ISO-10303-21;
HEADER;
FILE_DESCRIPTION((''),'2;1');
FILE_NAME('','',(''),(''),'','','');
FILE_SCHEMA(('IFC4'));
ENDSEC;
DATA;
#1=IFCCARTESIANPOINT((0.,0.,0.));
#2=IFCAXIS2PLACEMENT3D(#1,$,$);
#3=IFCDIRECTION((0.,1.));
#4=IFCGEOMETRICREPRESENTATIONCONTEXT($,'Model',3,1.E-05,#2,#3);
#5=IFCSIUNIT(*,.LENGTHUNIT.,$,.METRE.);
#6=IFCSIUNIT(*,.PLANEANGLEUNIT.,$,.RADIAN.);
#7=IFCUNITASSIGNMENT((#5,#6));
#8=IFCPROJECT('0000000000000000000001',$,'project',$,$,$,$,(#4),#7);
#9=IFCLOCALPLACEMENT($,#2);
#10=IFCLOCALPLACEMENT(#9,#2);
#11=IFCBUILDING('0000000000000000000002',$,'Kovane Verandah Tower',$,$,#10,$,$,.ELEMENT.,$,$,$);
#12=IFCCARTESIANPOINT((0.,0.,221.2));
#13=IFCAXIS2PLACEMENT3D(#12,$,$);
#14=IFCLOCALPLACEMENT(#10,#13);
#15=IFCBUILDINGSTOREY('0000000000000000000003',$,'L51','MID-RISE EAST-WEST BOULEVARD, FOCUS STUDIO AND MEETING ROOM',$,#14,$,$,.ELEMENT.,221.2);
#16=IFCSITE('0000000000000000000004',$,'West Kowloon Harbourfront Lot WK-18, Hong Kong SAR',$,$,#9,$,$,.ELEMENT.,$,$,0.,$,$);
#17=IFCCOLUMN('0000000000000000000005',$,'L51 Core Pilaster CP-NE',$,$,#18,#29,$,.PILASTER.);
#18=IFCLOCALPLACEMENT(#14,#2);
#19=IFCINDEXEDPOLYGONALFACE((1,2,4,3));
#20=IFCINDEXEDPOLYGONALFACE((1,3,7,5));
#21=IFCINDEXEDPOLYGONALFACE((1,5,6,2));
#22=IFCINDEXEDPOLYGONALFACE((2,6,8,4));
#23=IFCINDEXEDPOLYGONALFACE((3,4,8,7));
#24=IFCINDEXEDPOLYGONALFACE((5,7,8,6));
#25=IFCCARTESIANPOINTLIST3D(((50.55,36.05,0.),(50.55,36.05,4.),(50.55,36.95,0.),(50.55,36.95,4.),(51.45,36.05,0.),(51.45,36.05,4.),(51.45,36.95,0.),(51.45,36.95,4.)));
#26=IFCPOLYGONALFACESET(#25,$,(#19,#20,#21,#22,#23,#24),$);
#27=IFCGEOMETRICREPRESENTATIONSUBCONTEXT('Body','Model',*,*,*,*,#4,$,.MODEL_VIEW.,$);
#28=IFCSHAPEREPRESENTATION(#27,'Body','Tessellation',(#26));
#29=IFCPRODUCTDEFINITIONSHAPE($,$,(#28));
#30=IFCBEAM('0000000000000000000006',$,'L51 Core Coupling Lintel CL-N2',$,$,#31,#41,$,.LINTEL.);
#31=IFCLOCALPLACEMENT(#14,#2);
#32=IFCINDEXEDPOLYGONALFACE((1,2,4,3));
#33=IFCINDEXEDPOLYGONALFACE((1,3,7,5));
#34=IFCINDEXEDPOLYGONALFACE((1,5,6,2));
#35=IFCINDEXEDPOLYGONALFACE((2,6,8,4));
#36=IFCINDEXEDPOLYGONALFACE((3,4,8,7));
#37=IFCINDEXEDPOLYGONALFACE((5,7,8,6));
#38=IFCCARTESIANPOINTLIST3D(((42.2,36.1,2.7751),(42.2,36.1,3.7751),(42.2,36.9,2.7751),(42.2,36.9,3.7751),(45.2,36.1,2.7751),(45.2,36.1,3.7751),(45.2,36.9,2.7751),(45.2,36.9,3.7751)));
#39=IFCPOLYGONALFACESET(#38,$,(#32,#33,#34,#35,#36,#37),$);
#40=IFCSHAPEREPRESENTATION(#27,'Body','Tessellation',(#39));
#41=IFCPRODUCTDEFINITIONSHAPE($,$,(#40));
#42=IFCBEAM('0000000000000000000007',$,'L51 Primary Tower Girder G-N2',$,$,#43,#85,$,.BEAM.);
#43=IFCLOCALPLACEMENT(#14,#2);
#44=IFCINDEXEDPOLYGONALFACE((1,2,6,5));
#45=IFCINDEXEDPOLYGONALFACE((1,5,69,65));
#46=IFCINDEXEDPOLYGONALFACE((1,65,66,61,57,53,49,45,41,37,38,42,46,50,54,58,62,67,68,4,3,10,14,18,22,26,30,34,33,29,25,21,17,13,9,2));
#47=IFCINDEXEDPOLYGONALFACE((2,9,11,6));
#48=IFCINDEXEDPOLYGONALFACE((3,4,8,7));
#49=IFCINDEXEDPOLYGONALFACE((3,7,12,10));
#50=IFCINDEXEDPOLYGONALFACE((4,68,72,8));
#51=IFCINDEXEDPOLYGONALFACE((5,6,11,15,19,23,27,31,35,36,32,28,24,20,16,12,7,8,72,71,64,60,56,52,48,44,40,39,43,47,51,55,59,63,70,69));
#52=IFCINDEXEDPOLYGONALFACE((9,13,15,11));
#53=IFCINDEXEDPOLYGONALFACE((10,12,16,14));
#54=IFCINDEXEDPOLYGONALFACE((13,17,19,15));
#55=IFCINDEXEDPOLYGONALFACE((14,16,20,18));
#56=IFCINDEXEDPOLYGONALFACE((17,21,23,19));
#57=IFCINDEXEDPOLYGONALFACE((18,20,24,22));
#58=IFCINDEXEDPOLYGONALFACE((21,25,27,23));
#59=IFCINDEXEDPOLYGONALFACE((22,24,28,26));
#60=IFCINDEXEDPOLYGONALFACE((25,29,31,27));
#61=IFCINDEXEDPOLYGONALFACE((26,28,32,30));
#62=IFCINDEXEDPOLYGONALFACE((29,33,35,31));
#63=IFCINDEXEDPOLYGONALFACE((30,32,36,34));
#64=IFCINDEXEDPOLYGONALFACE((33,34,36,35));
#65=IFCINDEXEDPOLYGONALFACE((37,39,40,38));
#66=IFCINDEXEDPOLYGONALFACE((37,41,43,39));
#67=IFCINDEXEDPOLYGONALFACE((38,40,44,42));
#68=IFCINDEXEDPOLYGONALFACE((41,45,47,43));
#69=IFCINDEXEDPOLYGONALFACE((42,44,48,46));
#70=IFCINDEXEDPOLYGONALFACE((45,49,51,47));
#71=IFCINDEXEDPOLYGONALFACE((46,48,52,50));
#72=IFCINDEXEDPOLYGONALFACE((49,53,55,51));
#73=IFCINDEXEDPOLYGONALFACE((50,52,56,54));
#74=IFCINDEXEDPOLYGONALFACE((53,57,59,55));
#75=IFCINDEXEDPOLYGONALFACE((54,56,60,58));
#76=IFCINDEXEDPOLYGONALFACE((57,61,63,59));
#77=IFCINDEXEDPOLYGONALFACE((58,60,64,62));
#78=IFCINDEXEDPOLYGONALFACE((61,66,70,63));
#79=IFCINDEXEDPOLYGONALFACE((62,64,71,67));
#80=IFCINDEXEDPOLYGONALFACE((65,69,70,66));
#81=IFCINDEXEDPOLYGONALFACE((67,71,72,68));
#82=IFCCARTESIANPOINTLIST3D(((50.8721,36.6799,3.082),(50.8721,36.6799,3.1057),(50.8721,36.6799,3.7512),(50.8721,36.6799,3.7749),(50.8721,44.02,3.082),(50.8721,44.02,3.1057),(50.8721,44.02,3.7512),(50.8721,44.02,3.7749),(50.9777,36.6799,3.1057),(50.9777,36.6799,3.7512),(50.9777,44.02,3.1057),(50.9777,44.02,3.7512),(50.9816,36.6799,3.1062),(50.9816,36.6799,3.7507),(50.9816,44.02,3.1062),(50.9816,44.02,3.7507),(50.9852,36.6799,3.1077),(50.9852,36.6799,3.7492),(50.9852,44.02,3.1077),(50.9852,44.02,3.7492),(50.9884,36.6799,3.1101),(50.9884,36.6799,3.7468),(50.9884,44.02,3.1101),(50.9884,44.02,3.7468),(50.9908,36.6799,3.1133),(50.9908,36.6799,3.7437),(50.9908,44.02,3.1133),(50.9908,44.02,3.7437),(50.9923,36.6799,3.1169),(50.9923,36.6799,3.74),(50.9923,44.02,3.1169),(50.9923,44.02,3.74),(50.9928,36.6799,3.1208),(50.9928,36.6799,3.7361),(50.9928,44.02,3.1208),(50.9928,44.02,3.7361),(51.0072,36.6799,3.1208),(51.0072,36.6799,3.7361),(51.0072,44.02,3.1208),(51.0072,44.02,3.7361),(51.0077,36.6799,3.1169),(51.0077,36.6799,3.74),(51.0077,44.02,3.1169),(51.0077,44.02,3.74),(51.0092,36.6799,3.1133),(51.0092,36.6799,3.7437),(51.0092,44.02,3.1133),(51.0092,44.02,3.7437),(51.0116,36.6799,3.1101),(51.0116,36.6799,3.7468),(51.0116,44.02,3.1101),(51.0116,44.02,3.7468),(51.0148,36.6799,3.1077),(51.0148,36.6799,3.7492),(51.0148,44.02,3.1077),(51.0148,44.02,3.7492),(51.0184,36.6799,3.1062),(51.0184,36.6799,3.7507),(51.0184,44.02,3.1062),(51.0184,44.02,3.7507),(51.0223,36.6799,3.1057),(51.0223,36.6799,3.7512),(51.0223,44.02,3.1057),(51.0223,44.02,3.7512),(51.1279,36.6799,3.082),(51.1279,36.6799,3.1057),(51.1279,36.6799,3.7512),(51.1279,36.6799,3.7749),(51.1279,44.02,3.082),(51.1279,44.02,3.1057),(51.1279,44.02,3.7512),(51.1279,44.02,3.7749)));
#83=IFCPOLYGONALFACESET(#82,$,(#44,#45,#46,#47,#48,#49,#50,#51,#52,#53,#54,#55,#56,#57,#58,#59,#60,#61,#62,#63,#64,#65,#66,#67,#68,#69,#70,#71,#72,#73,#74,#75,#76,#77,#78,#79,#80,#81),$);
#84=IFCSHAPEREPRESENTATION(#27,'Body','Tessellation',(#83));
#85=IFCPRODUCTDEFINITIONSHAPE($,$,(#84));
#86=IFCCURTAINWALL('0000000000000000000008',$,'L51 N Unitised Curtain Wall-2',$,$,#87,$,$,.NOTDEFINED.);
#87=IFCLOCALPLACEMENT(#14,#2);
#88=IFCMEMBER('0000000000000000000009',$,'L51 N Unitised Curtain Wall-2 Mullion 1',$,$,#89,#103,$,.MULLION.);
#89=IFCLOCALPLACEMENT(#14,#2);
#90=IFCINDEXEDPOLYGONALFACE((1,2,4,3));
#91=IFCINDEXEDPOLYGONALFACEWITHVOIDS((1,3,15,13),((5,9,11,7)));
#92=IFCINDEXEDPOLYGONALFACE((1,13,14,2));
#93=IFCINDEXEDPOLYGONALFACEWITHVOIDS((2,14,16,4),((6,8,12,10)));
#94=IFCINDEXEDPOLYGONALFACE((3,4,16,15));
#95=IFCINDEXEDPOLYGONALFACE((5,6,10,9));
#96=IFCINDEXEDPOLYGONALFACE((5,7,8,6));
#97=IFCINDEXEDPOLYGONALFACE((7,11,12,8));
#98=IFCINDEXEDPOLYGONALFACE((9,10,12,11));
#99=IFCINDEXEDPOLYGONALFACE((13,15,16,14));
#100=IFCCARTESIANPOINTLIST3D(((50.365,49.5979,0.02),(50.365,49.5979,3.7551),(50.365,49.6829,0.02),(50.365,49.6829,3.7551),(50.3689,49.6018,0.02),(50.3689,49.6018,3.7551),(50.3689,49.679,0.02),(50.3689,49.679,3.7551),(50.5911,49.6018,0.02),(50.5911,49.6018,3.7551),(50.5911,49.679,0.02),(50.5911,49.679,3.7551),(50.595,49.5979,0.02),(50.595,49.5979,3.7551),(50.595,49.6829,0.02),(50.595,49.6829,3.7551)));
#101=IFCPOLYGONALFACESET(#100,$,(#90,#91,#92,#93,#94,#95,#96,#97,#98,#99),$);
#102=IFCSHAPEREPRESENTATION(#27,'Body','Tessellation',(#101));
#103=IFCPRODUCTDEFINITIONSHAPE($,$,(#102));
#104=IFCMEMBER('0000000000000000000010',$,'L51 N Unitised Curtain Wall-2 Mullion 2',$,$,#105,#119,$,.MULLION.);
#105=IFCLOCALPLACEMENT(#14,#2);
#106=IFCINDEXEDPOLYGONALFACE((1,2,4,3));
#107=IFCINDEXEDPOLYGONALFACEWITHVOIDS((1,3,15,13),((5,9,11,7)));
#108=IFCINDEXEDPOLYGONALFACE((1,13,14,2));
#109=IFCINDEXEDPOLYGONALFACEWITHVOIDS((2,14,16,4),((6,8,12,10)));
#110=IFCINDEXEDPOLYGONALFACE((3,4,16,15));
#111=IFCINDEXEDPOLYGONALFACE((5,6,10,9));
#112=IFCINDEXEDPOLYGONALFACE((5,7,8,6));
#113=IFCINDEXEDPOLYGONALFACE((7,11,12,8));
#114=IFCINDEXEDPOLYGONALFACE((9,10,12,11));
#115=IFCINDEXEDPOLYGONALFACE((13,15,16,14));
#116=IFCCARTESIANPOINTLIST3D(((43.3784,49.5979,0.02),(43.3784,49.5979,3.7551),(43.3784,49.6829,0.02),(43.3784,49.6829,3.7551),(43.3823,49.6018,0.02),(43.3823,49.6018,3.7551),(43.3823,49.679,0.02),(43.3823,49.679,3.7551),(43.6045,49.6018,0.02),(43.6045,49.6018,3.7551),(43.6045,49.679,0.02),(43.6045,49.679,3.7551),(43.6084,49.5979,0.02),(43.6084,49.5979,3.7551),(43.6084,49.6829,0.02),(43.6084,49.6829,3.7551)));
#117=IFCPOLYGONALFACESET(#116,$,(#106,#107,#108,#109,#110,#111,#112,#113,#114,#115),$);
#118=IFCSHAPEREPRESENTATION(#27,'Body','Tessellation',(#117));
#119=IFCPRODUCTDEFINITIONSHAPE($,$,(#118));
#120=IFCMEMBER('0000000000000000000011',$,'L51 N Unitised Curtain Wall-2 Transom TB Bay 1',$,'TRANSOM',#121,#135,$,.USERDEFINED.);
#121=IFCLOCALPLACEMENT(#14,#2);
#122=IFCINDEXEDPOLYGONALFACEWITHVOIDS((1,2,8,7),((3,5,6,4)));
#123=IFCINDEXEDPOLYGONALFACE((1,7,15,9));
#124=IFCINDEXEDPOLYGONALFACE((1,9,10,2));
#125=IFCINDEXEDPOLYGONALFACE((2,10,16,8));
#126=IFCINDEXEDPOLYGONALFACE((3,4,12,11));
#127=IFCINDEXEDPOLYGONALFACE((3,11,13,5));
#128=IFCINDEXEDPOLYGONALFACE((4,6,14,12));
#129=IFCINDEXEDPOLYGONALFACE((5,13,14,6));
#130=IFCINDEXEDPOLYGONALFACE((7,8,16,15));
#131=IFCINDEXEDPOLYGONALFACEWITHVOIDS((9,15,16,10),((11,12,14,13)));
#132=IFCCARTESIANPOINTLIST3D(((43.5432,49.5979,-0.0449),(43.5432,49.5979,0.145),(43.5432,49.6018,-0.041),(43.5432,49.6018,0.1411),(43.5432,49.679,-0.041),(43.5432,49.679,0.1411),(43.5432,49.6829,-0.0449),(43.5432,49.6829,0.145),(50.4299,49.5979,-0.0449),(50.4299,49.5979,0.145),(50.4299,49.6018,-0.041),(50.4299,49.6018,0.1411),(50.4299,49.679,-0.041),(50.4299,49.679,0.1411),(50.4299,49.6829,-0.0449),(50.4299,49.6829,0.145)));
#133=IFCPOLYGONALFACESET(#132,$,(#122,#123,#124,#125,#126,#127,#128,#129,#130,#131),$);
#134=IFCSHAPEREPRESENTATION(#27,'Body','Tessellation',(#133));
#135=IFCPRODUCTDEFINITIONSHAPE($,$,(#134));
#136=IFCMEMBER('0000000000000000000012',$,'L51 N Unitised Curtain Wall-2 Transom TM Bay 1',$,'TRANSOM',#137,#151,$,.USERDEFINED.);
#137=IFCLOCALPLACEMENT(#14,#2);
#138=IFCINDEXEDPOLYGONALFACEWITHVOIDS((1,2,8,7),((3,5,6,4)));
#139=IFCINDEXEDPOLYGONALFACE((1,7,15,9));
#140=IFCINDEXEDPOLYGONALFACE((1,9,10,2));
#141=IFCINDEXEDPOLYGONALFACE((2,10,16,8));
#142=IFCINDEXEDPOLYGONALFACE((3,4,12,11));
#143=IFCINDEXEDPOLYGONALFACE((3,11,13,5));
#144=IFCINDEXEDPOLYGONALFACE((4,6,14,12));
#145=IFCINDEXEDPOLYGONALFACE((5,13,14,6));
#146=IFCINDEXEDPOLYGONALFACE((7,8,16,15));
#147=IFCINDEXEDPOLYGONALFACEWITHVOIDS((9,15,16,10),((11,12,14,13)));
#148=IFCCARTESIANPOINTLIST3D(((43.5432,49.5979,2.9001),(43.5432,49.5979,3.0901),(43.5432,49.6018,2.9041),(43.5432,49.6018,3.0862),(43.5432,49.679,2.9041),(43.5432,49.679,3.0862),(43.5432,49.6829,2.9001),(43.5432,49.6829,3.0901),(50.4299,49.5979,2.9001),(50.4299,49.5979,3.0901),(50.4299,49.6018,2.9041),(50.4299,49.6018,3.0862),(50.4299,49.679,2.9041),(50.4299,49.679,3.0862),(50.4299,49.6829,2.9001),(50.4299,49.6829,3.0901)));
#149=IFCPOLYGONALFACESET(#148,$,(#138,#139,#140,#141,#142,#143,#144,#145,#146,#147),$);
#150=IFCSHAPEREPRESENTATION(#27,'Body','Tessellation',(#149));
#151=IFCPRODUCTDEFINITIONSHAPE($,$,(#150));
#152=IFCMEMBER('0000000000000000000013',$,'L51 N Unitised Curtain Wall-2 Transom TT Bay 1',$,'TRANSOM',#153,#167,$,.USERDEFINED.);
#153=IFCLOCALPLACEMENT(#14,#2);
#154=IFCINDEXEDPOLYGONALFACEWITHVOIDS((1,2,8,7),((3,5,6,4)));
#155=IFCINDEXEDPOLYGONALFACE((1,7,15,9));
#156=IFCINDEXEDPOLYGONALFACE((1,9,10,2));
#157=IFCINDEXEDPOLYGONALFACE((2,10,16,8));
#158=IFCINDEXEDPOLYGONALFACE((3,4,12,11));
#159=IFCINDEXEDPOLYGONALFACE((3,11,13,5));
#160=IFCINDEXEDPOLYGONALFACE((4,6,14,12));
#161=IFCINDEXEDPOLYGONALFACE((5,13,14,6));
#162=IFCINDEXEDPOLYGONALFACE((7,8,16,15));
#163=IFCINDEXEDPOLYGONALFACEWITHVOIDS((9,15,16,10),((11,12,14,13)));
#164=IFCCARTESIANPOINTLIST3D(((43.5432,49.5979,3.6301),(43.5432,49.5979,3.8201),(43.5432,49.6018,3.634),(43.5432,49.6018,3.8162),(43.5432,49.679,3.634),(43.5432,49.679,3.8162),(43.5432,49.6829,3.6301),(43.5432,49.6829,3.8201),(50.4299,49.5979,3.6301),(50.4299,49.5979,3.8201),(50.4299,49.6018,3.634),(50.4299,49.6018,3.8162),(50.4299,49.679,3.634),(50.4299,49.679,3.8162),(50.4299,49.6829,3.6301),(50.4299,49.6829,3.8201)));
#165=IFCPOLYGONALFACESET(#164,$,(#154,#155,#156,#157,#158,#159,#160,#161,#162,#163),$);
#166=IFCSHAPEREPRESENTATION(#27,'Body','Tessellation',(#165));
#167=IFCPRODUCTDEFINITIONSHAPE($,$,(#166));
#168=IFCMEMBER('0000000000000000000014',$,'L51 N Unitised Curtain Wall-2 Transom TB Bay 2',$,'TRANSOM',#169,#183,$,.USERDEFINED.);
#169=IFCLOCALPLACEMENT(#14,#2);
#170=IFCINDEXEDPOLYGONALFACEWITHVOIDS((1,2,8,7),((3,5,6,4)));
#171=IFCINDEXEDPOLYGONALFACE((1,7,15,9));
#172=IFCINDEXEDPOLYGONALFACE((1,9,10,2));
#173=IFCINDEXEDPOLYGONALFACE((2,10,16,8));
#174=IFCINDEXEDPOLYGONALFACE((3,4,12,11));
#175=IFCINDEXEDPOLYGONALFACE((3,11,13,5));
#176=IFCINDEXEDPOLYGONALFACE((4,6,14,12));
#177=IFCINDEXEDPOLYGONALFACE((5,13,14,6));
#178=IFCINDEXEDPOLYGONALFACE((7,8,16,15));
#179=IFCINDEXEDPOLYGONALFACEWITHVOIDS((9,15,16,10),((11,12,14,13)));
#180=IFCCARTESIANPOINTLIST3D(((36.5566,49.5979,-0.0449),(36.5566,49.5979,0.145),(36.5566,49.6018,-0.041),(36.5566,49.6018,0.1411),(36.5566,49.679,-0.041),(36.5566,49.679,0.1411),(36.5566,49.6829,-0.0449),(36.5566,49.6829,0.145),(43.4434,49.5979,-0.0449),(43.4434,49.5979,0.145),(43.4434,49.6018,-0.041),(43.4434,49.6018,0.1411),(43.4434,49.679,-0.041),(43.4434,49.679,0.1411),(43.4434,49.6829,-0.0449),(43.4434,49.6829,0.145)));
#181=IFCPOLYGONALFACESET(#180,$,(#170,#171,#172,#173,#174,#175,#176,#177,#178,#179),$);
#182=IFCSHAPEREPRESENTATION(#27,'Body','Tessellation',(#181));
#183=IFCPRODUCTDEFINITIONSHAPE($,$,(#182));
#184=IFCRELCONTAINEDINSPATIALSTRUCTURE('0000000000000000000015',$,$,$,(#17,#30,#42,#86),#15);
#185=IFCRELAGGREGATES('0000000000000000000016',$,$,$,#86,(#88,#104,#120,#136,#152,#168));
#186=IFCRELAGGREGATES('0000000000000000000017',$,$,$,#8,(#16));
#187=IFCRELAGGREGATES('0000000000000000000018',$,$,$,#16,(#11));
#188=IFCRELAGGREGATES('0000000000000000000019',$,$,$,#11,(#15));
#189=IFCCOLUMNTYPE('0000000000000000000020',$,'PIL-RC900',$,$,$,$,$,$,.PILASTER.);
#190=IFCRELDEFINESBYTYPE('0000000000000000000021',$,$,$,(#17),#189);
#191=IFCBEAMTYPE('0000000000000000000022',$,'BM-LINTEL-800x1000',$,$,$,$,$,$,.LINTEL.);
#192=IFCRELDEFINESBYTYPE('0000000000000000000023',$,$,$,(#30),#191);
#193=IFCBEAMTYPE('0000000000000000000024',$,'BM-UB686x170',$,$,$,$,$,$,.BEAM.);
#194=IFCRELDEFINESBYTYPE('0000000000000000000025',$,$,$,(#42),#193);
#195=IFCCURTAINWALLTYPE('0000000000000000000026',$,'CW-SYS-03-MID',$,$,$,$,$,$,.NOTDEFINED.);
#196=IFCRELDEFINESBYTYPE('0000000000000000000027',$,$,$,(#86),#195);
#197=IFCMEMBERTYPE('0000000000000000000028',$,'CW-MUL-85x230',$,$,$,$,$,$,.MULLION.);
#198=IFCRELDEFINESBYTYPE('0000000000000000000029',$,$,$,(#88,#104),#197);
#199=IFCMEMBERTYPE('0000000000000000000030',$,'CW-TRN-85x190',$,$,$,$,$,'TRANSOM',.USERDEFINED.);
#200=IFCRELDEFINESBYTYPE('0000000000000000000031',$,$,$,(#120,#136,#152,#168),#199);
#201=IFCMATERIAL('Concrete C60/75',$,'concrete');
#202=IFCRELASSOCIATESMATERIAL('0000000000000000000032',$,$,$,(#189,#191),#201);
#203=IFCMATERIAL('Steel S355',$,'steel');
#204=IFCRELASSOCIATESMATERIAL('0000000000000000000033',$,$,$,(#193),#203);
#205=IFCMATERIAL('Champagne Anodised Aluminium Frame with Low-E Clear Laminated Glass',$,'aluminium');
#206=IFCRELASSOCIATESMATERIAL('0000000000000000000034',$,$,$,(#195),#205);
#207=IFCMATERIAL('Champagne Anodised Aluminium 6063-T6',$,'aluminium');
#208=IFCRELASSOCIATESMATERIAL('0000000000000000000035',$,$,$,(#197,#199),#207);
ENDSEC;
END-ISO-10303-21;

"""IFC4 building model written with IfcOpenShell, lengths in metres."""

from ifc_helpers import new_model, si_unit, direction, frame, origin, origin_2d, place, context, subcontext, project, spatial, rectangle, hollow_rectangle, i_section, extrude, material, material_profile, profile_set, type_object, element, aggregate, save


model = new_model("IFC4")

# Units and contexts
model_context = context("Model", 3, precision=1e-05, world=origin(), true_north=direction((0.0, 1.0)))
body_context = subcontext(model_context, "Body", "Model", "MODEL_VIEW")
ifc_project = project(units=[si_unit("LENGTHUNIT", "METRE"), si_unit("PLANEANGLEUNIT", "RADIAN")], contexts=[model_context])

# Site, building, storey
site_placement = place(None, origin())
site = spatial("IfcSite", under=ifc_project, at=site_placement, Name="West Kowloon Harbourfront Lot WK-18, Hong Kong SAR", CompositionType="ELEMENT", RefElevation=0.0)
building_placement = place(site_placement, origin())
building = spatial("IfcBuilding", under=site, at=building_placement, Name="Kovane Verandah Tower", CompositionType="ELEMENT")
storey_placement = place(building_placement, frame((0.0, 0.0, 221.2)))
storey = spatial("IfcBuildingStorey", under=building, at=storey_placement, Name="L51", Description="MID-RISE EAST-WEST BOULEVARD, FOCUS STUDIO AND MEETING ROOM", CompositionType="ELEMENT", Elevation=221.2)

# Column
ifc_material_1 = material(Name="Concrete C60/75", Category="concrete")
ifc_material_profile_1 = material_profile(ifc_material_1, rectangle(XDim=0.8999, YDim=0.8999, at=origin_2d()), Name="RC900x900")
ifc_profile_set_1 = profile_set([ifc_material_profile_1], Name="Concrete C60/75")
column_type = type_object("IfcColumnType", Name="PIL-RC900", PredefinedType="PILASTER", material=ifc_profile_set_1)
column_placement = place(storey_placement, frame((51.0, 36.5, 0.0), z_axis=(0.0, 0.0, 1.0), x_axis=(1.0, 0.0, 0.0)))
element("IfcColumn", 1, at=column_placement, inside=storey, type_object=column_type, Name="L51 Core Pilaster CP-NE", PredefinedType="PILASTER", context=body_context, shape_type="SweptSolid", body=[
    extrude(rectangle(XDim=0.8999, YDim=0.8999, at=origin_2d()), origin(), (0.0, 0.0, 1.0), 4.0),
])

# Beams
ifc_material_profile_2 = material_profile(ifc_material_1, rectangle(XDim=0.8, YDim=1.0, at=origin_2d()), Name="RCB800x1000")
ifc_profile_set_2 = profile_set([ifc_material_profile_2], Name="Concrete C60/75")
beam_type_1 = type_object("IfcBeamType", Name="BM-LINTEL-800x1000", PredefinedType="LINTEL", material=ifc_profile_set_2)
beam_1_placement = place(storey_placement, frame((42.2, 36.5, 3.2751), z_axis=(1.0, 0.0, 0.0), x_axis=(0.0, 1.0, 0.0)))
element("IfcBeam", 2, at=beam_1_placement, inside=storey, type_object=beam_type_1, Name="L51 Core Coupling Lintel CL-N2", PredefinedType="LINTEL", context=body_context, shape_type="SweptSolid", body=[
    extrude(rectangle(XDim=0.8, YDim=1.0, at=origin_2d()), origin(), (0.0, 0.0, 1.0), 3.0),
])
ifc_material_2 = material(Name="Steel S355", Category="steel")
ifc_material_profile_3 = material_profile(ifc_material_2, i_section(OverallWidth=0.2559, OverallDepth=0.6929, WebThickness=0.0144, FlangeThickness=0.0237, FilletRadius=0.0151, at=origin_2d()), Name="UB686x254x170")
ifc_profile_set_3 = profile_set([ifc_material_profile_3], Name="Steel S355")
beam_type_2 = type_object("IfcBeamType", Name="BM-UB686x170", PredefinedType="BEAM", material=ifc_profile_set_3)
beam_2_placement = place(storey_placement, frame((51.0, 36.6799, 3.4285), z_axis=(0.0, 1.0, 0.0), x_axis=(-1.0, 0.0, 0.0)))
element("IfcBeam", 3, at=beam_2_placement, inside=storey, type_object=beam_type_2, Name="L51 Primary Tower Girder G-N2", PredefinedType="BEAM", context=body_context, shape_type="SweptSolid", body=[
    extrude(i_section(OverallWidth=0.2559, OverallDepth=0.6929, WebThickness=0.0144, FlangeThickness=0.0237, FilletRadius=0.0151, at=origin_2d()), origin(), (0.0, 0.0, 1.0), 7.3401),
])

# Curtain wall, members
ifc_material_3 = material(Name="Champagne Anodised Aluminium Frame with Low-E Clear Laminated Glass", Category="aluminium")
curtain_wall_type = type_object("IfcCurtainWallType", Name="CW-SYS-03-MID", PredefinedType="NOTDEFINED", material=ifc_material_3)
curtain_wall_placement = place(storey_placement, origin())
curtain_wall = element("IfcCurtainWall", 4, at=curtain_wall_placement, inside=storey, type_object=curtain_wall_type, Name="L51 N Unitised Curtain Wall-2", PredefinedType="NOTDEFINED")
ifc_material_4 = material(Name="Champagne Anodised Aluminium 6063-T6", Category="aluminium")
ifc_material_profile_4 = material_profile(ifc_material_4, hollow_rectangle(XDim=0.085, YDim=0.23, WallThickness=0.0039, at=origin_2d()), Name="AL85x230x4")
ifc_profile_set_4 = profile_set([ifc_material_profile_4], Name="Champagne Anodised Aluminium 6063-T6")
member_type_1 = type_object("IfcMemberType", Name="CW-MUL-85x230", PredefinedType="MULLION", material=ifc_profile_set_4)
member_1_placement = place(storey_placement, frame((50.48, 49.6404, 0.02), z_axis=(0.0, 0.0, 1.0), x_axis=(0.0, 1.0, 0.0)))
member_1 = element("IfcMember", 5, at=member_1_placement, type_object=member_type_1, Name="L51 N Unitised Curtain Wall-2 Mullion 1", PredefinedType="MULLION", context=body_context, shape_type="SweptSolid", body=[
    extrude(hollow_rectangle(XDim=0.085, YDim=0.23, WallThickness=0.0039, at=origin_2d()), origin(), (0.0, 0.0, 1.0), 3.7351),
])
member_2_placement = place(storey_placement, frame((43.4934, 49.6404, 0.02), z_axis=(0.0, 0.0, 1.0), x_axis=(0.0, 1.0, 0.0)))
member_2 = element("IfcMember", 6, at=member_2_placement, type_object=member_type_1, Name="L51 N Unitised Curtain Wall-2 Mullion 2", PredefinedType="MULLION", context=body_context, shape_type="SweptSolid", body=[
    extrude(hollow_rectangle(XDim=0.085, YDim=0.23, WallThickness=0.0039, at=origin_2d()), origin(), (0.0, 0.0, 1.0), 3.7351),
])
ifc_material_profile_5 = material_profile(ifc_material_4, hollow_rectangle(XDim=0.085, YDim=0.1899, WallThickness=0.0039, at=origin_2d()), Name="AL85x190x4")
ifc_profile_set_5 = profile_set([ifc_material_profile_5], Name="Champagne Anodised Aluminium 6063-T6")
member_type_2 = type_object("IfcMemberType", Name="CW-TRN-85x190", ElementType="TRANSOM", PredefinedType="USERDEFINED", material=ifc_profile_set_5)
member_3_placement = place(storey_placement, frame((50.4299, 49.6404, 0.05), z_axis=(-1.0, 0.0, 0.0), x_axis=(0.0, -1.0, 0.0)))
member_3 = element("IfcMember", 7, at=member_3_placement, type_object=member_type_2, Name="L51 N Unitised Curtain Wall-2 Transom TB Bay 1", ObjectType="TRANSOM", PredefinedType="USERDEFINED", context=body_context, shape_type="SweptSolid", body=[
    extrude(hollow_rectangle(XDim=0.085, YDim=0.1899, WallThickness=0.0039, at=origin_2d()), origin(), (0.0, 0.0, 1.0), 6.8867),
])
member_4_placement = place(storey_placement, frame((50.4299, 49.6404, 2.9951), z_axis=(-1.0, 0.0, 0.0), x_axis=(0.0, -1.0, 0.0)))
member_4 = element("IfcMember", 8, at=member_4_placement, type_object=member_type_2, Name="L51 N Unitised Curtain Wall-2 Transom TM Bay 1", ObjectType="TRANSOM", PredefinedType="USERDEFINED", context=body_context, shape_type="SweptSolid", body=[
    extrude(hollow_rectangle(XDim=0.085, YDim=0.1899, WallThickness=0.0039, at=origin_2d()), origin(), (0.0, 0.0, 1.0), 6.8867),
])
member_5_placement = place(storey_placement, frame((50.4299, 49.6404, 3.7251), z_axis=(-1.0, 0.0, 0.0), x_axis=(0.0, -1.0, 0.0)))
member_5 = element("IfcMember", 9, at=member_5_placement, type_object=member_type_2, Name="L51 N Unitised Curtain Wall-2 Transom TT Bay 1", ObjectType="TRANSOM", PredefinedType="USERDEFINED", context=body_context, shape_type="SweptSolid", body=[
    extrude(hollow_rectangle(XDim=0.085, YDim=0.1899, WallThickness=0.0039, at=origin_2d()), origin(), (0.0, 0.0, 1.0), 6.8867),
])
member_6_placement = place(storey_placement, frame((43.4434, 49.6404, 0.05), z_axis=(-1.0, 0.0, 0.0), x_axis=(0.0, -1.0, 0.0)))
member_6 = element("IfcMember", 10, at=member_6_placement, type_object=member_type_2, Name="L51 N Unitised Curtain Wall-2 Transom TB Bay 2", ObjectType="TRANSOM", PredefinedType="USERDEFINED", context=body_context, shape_type="SweptSolid", body=[
    extrude(hollow_rectangle(XDim=0.085, YDim=0.1899, WallThickness=0.0039, at=origin_2d()), origin(), (0.0, 0.0, 1.0), 6.8867),
])
aggregate(curtain_wall, [member_1, member_2, member_3, member_4, member_5, member_6])

save(model, "model.ifc")
